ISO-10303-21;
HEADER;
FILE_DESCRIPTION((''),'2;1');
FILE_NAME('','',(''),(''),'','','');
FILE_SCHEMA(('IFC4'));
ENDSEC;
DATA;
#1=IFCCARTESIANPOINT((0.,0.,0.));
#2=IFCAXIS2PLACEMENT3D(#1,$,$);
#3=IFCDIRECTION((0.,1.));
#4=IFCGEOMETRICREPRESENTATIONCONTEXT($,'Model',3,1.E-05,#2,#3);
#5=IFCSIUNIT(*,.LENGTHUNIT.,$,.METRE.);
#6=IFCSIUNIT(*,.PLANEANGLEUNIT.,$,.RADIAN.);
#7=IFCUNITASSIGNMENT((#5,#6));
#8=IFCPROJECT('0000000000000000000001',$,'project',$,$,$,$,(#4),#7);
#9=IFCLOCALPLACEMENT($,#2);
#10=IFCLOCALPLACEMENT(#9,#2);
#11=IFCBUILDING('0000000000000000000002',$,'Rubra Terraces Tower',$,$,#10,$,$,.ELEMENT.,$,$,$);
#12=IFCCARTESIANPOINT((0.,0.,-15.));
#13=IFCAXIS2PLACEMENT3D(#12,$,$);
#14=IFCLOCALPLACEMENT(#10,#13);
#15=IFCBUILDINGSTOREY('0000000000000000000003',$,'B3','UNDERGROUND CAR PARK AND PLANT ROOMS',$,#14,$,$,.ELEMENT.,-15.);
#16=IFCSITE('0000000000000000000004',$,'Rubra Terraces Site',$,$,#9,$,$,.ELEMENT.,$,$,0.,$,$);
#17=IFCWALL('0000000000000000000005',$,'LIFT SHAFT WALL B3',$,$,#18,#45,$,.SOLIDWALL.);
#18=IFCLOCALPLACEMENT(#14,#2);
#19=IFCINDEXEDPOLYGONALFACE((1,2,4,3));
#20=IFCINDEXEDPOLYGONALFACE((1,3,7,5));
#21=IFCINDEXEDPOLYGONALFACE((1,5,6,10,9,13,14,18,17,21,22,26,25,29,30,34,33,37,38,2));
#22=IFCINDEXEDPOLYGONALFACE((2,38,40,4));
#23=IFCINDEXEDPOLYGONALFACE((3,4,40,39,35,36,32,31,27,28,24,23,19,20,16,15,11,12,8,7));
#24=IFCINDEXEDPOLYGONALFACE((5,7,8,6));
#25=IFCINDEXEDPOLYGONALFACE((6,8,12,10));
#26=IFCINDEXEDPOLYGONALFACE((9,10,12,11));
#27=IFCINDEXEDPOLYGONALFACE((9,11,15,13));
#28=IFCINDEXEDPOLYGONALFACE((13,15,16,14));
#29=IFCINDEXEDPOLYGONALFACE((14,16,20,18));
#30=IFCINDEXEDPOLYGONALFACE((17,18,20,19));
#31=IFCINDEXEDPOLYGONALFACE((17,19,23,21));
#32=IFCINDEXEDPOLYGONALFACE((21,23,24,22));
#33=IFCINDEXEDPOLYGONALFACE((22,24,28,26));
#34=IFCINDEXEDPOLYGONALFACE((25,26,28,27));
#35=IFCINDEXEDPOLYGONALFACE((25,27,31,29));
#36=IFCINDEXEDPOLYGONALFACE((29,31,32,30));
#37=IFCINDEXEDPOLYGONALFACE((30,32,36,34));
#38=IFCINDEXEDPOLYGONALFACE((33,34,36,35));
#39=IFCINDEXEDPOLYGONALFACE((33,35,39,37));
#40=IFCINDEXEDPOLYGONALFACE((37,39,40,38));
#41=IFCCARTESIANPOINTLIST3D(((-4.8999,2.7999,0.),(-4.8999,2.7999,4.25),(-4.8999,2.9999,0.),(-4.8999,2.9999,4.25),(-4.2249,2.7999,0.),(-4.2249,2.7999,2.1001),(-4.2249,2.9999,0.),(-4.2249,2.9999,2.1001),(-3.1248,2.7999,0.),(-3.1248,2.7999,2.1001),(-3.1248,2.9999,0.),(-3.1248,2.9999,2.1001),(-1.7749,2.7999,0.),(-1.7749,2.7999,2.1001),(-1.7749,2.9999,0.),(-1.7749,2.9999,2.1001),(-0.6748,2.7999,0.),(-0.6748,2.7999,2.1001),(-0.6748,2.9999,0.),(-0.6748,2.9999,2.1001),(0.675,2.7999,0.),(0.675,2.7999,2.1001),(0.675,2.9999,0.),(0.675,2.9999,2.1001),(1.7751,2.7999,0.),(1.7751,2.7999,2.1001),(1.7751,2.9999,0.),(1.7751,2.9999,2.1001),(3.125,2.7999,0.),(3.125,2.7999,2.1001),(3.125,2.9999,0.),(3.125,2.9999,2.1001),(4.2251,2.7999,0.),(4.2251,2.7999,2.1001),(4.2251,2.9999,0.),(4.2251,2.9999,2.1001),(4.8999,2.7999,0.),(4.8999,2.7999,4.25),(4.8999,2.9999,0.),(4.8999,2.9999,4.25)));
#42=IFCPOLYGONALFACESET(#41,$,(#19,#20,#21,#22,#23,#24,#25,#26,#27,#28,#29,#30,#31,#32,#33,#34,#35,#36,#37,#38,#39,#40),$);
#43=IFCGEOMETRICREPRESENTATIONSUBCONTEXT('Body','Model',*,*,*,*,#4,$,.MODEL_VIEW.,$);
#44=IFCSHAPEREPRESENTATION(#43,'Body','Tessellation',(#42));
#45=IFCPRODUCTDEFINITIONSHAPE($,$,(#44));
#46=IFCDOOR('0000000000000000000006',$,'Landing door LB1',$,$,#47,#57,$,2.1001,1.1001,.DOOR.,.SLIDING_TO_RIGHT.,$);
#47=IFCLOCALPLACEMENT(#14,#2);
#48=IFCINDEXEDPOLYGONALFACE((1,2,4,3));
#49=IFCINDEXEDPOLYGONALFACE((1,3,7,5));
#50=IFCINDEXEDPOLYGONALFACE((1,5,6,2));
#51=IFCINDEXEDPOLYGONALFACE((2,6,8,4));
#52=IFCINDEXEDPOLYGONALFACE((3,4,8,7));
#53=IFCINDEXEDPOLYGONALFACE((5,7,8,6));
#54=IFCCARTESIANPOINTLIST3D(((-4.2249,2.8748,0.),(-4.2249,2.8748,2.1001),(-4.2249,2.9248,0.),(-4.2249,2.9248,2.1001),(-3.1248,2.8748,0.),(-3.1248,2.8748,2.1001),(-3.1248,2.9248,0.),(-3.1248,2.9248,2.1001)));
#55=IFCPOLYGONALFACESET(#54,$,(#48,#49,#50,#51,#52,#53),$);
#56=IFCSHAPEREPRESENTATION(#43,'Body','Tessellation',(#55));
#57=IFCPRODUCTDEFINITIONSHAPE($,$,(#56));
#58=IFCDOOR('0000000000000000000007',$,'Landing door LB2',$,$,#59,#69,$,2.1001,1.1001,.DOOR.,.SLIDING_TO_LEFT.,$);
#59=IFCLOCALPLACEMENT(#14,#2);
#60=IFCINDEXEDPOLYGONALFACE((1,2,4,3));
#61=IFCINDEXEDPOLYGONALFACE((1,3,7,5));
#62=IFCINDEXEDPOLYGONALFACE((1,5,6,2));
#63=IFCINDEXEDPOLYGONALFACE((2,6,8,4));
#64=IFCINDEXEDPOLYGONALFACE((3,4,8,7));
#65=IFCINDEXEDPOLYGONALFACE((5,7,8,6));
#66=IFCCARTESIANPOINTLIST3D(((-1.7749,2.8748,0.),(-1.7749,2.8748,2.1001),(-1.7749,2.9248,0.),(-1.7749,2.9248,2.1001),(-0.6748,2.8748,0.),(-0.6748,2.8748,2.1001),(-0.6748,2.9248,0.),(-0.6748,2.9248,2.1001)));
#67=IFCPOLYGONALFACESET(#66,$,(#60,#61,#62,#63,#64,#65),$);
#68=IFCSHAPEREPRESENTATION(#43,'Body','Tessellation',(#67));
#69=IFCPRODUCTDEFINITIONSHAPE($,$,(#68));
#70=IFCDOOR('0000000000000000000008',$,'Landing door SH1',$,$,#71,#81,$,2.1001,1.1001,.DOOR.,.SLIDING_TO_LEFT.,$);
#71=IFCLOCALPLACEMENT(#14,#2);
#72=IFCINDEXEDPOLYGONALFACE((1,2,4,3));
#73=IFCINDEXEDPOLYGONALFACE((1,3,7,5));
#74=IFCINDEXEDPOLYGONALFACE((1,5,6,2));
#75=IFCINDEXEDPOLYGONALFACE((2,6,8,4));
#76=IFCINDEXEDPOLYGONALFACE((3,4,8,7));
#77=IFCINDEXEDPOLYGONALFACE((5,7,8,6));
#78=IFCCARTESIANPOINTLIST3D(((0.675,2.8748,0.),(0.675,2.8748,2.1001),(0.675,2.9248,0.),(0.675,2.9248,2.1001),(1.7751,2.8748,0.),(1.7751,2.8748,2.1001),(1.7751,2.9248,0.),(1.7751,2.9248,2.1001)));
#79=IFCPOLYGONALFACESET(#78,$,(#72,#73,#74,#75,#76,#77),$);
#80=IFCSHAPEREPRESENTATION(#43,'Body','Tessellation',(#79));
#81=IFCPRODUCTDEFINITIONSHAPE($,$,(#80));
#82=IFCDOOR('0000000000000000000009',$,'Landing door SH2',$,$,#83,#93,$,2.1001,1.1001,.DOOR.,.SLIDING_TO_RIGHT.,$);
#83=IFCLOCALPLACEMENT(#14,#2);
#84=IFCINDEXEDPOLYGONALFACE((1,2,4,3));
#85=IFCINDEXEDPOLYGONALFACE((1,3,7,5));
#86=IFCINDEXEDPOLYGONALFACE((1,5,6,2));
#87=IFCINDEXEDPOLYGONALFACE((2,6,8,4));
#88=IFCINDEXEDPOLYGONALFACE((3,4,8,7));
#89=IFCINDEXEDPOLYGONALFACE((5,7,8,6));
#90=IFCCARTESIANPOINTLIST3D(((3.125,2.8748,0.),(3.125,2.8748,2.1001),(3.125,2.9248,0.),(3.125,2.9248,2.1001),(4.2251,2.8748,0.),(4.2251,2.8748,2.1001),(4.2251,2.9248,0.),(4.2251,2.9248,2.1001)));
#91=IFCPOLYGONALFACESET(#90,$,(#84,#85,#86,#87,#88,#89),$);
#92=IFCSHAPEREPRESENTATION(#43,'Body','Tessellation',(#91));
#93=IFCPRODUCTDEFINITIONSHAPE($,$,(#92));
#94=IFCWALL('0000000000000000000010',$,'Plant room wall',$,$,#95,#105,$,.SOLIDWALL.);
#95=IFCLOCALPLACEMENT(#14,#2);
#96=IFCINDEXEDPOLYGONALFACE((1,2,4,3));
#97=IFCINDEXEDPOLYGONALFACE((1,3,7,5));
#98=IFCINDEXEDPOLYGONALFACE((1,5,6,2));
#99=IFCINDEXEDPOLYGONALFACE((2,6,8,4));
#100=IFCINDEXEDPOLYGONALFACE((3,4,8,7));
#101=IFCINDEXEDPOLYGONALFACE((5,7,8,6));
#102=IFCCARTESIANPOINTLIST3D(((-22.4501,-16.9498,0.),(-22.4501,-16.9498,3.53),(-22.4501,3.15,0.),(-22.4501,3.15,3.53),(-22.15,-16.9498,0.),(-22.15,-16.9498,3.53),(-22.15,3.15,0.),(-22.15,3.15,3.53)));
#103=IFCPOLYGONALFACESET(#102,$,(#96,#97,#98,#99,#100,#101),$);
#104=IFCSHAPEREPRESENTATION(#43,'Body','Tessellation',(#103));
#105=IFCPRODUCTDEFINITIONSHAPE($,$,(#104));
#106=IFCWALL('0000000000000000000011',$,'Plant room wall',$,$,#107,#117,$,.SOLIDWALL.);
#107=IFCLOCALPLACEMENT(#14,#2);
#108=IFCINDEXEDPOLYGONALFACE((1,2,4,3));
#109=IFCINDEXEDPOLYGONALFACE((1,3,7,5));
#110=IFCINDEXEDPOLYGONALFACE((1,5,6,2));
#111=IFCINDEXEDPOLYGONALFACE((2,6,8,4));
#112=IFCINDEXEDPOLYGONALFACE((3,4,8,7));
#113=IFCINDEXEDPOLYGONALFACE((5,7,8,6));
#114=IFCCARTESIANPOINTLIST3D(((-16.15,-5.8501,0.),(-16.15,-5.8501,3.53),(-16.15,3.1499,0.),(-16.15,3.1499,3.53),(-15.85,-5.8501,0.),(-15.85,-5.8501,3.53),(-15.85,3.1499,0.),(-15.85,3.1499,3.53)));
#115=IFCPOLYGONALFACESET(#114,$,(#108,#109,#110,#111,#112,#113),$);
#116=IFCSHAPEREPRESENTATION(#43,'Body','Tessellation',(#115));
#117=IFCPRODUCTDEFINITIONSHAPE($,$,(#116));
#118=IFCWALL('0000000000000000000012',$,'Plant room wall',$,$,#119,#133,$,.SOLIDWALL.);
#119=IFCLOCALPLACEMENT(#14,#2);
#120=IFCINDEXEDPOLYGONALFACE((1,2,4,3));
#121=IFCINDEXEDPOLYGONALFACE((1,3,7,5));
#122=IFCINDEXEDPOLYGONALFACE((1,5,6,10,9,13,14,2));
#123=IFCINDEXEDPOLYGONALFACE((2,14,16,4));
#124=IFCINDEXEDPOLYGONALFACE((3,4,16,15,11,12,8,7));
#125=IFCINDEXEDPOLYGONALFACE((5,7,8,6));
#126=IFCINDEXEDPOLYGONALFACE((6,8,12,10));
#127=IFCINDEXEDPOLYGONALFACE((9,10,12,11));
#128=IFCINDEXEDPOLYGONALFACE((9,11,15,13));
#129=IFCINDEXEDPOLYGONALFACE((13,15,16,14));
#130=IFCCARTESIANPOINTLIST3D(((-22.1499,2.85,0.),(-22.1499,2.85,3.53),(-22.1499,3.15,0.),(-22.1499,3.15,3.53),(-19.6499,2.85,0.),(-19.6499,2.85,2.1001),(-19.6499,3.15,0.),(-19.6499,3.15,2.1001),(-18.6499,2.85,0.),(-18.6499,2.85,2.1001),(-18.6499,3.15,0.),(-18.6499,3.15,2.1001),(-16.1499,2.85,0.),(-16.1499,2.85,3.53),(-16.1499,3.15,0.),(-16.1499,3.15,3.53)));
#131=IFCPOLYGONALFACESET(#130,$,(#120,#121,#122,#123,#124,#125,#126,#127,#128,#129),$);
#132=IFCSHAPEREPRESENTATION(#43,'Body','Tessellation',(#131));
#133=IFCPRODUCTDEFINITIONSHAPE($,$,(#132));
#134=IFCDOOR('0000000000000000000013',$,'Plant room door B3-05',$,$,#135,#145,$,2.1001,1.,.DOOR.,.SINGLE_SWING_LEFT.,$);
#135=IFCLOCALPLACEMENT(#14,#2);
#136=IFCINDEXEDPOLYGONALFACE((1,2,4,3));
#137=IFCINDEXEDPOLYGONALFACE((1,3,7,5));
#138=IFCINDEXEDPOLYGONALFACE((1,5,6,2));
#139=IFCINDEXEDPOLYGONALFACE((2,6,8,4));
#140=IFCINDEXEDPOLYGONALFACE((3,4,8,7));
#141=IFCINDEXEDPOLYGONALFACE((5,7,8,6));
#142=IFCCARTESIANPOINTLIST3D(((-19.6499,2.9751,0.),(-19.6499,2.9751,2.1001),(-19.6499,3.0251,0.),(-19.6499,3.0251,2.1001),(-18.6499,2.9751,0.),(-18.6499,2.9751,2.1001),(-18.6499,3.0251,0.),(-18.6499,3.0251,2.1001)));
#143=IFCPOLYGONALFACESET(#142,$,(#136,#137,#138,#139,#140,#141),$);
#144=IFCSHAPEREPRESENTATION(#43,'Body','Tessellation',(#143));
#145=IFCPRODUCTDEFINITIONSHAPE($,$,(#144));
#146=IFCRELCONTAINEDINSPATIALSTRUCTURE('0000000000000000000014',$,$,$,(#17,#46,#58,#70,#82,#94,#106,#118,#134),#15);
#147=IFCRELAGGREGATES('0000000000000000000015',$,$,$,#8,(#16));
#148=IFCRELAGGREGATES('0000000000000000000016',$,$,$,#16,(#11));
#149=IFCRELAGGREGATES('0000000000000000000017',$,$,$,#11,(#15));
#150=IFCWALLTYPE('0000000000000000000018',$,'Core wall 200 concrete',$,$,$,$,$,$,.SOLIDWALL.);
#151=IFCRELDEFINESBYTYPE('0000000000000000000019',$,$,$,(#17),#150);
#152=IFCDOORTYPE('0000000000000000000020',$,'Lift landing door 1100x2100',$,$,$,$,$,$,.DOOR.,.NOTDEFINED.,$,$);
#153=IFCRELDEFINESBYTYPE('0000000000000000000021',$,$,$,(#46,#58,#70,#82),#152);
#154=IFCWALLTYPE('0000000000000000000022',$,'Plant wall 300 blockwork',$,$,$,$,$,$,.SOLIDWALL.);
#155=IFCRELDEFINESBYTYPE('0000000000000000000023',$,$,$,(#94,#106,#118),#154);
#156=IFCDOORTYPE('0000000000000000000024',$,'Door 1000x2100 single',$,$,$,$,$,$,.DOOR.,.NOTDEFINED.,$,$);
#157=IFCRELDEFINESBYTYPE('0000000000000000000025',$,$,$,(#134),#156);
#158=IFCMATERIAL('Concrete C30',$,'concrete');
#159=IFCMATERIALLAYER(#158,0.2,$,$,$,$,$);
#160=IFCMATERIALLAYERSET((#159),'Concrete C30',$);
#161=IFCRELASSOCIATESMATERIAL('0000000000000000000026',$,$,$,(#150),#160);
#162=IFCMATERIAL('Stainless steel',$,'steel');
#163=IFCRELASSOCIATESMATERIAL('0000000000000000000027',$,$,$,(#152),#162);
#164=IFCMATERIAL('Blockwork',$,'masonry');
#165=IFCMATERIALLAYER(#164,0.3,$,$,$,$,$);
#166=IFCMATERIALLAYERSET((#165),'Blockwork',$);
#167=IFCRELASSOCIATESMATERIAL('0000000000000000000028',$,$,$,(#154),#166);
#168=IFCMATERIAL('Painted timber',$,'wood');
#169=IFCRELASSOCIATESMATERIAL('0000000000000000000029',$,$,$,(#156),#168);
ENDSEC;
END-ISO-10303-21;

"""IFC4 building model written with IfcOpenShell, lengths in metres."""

from ifc_helpers import new_model, si_unit, direction, frame, frame_2d, origin, place, context, subcontext, project, spatial, rectangle, extrude, material, layer, layer_set, type_object, element, fill, save


model = new_model("IFC4")

# Units and contexts
model_context = context("Model", 3, precision=1e-05, world=origin(), true_north=direction((0.0, 1.0)))
body_context = subcontext(model_context, "Body", "Model", "MODEL_VIEW")
ifc_project = project(units=[si_unit("LENGTHUNIT", "METRE"), si_unit("PLANEANGLEUNIT", "RADIAN")], contexts=[model_context])

# Site, building, storey
site_placement = place(None, origin())
site = spatial("IfcSite", under=ifc_project, at=site_placement, Name="Rubra Terraces Site", CompositionType="ELEMENT", RefElevation=0.0)
building_placement = place(site_placement, origin())
building = spatial("IfcBuilding", under=site, at=building_placement, Name="Rubra Terraces Tower", CompositionType="ELEMENT")
storey_placement = place(building_placement, frame((0.0, 0.0, -15.0)))
storey = spatial("IfcBuildingStorey", under=building, at=storey_placement, Name="B3", Description="UNDERGROUND CAR PARK AND PLANT ROOMS", CompositionType="ELEMENT", Elevation=-15.0)

# Shared definitions
ifc_material_1 = material(Name="Concrete C30", Category="concrete")
ifc_layer_1 = layer(ifc_material_1, 0.2)
ifc_layer_set_1 = layer_set([ifc_layer_1], Name="Concrete C30")
wall_type_1 = type_object("IfcWallType", Name="Core wall 200 concrete", PredefinedType="SOLIDWALL", material=ifc_layer_set_1)

# Wall, openings, doors
wall_1_placement = place(storey_placement, frame((-4.8999, 2.8999, 0.0), z_axis=(0.0, 0.0, 1.0), x_axis=(1.0, 0.0, 0.0)))
wall_1 = element("IfcWall", 1, at=wall_1_placement, inside=storey, type_object=wall_type_1, Name="LIFT SHAFT WALL B3", PredefinedType="SOLIDWALL", context=body_context, shape_type="SweptSolid", body=[
    extrude(rectangle(XDim=9.7998, YDim=0.2, at=frame_2d((4.8999, 0.0))), origin(), (0.0, 0.0, 1.0), 4.25),
])
opening_1_placement = place(wall_1_placement, frame((0.675, 0.0, 0.0)))
opening_1 = element("IfcOpeningElement", 2, at=opening_1_placement, cuts=wall_1, PredefinedType="OPENING", context=body_context, shape_type="SweptSolid", body=[
    extrude(rectangle(XDim=1.1001, YDim=2.1001, at=frame_2d((0.55, 1.05))), frame((0.0, 0.1099, 0.0), z_axis=(0.0, -1.0, 0.0), x_axis=(1.0, 0.0, 0.0)), (0.0, 0.0, 1.0), 0.22),
])
opening_2_placement = place(wall_1_placement, frame((3.125, 0.0, 0.0)))
opening_2 = element("IfcOpeningElement", 3, at=opening_2_placement, cuts=wall_1, PredefinedType="OPENING", context=body_context, shape_type="SweptSolid", body=[
    extrude(rectangle(XDim=1.1001, YDim=2.1001, at=frame_2d((0.55, 1.05))), frame((0.0, 0.1099, 0.0), z_axis=(0.0, -1.0, 0.0), x_axis=(1.0, 0.0, 0.0)), (0.0, 0.0, 1.0), 0.22),
])
opening_3_placement = place(wall_1_placement, frame((5.575, 0.0, 0.0)))
opening_3 = element("IfcOpeningElement", 4, at=opening_3_placement, cuts=wall_1, PredefinedType="OPENING", context=body_context, shape_type="SweptSolid", body=[
    extrude(rectangle(XDim=1.1001, YDim=2.1001, at=frame_2d((0.55, 1.05))), frame((0.0, 0.1099, 0.0), z_axis=(0.0, -1.0, 0.0), x_axis=(1.0, 0.0, 0.0)), (0.0, 0.0, 1.0), 0.22),
])
opening_4_placement = place(wall_1_placement, frame((8.0249, 0.0, 0.0)))
opening_4 = element("IfcOpeningElement", 5, at=opening_4_placement, cuts=wall_1, PredefinedType="OPENING", context=body_context, shape_type="SweptSolid", body=[
    extrude(rectangle(XDim=1.1001, YDim=2.1001, at=frame_2d((0.55, 1.05))), frame((0.0, 0.1099, 0.0), z_axis=(0.0, -1.0, 0.0), x_axis=(1.0, 0.0, 0.0)), (0.0, 0.0, 1.0), 0.22),
])
ifc_material_2 = material(Name="Stainless steel", Category="steel")
door_type_1 = type_object("IfcDoorType", Name="Lift landing door 1100x2100", OperationType="NOTDEFINED", PredefinedType="DOOR", material=ifc_material_2)
door_1_placement = place(opening_1_placement, origin())
door_1 = element("IfcDoor", 6, at=door_1_placement, inside=storey, type_object=door_type_1, Name="Landing door LB1", OperationType="SLIDING_TO_RIGHT", OverallHeight=2.1001, OverallWidth=1.1001, PredefinedType="DOOR", context=body_context, shape_type="SweptSolid", body=[
    extrude(rectangle(XDim=1.1001, YDim=2.1001, at=frame_2d((0.55, 1.05))), frame((0.0, 0.0249, 0.0), z_axis=(0.0, -1.0, 0.0), x_axis=(1.0, 0.0, 0.0)), (0.0, 0.0, 1.0), 0.05),
])
fill(opening_1, door_1)
door_2_placement = place(opening_2_placement, origin())
door_2 = element("IfcDoor", 7, at=door_2_placement, inside=storey, type_object=door_type_1, Name="Landing door LB2", OperationType="SLIDING_TO_LEFT", OverallHeight=2.1001, OverallWidth=1.1001, PredefinedType="DOOR", context=body_context, shape_type="SweptSolid", body=[
    extrude(rectangle(XDim=1.1001, YDim=2.1001, at=frame_2d((0.55, 1.05))), frame((0.0, 0.0249, 0.0), z_axis=(0.0, -1.0, 0.0), x_axis=(1.0, 0.0, 0.0)), (0.0, 0.0, 1.0), 0.05),
])
fill(opening_2, door_2)
door_3_placement = place(opening_3_placement, origin())
door_3 = element("IfcDoor", 8, at=door_3_placement, inside=storey, type_object=door_type_1, Name="Landing door SH1", OperationType="SLIDING_TO_LEFT", OverallHeight=2.1001, OverallWidth=1.1001, PredefinedType="DOOR", context=body_context, shape_type="SweptSolid", body=[
    extrude(rectangle(XDim=1.1001, YDim=2.1001, at=frame_2d((0.55, 1.05))), frame((0.0, 0.0249, 0.0), z_axis=(0.0, -1.0, 0.0), x_axis=(1.0, 0.0, 0.0)), (0.0, 0.0, 1.0), 0.05),
])
fill(opening_3, door_3)
door_4_placement = place(opening_4_placement, origin())
door_4 = element("IfcDoor", 9, at=door_4_placement, inside=storey, type_object=door_type_1, Name="Landing door SH2", OperationType="SLIDING_TO_RIGHT", OverallHeight=2.1001, OverallWidth=1.1001, PredefinedType="DOOR", context=body_context, shape_type="SweptSolid", body=[
    extrude(rectangle(XDim=1.1001, YDim=2.1001, at=frame_2d((0.55, 1.05))), frame((0.0, 0.0249, 0.0), z_axis=(0.0, -1.0, 0.0), x_axis=(1.0, 0.0, 0.0)), (0.0, 0.0, 1.0), 0.05),
])
fill(opening_4, door_4)

# Walls
ifc_material_3 = material(Name="Blockwork", Category="masonry")
ifc_layer_2 = layer(ifc_material_3, 0.3)
ifc_layer_set_2 = layer_set([ifc_layer_2], Name="Blockwork")
wall_type_2 = type_object("IfcWallType", Name="Plant wall 300 blockwork", PredefinedType="SOLIDWALL", material=ifc_layer_set_2)
wall_2_placement = place(storey_placement, frame((-22.3, 3.1499, 0.0), z_axis=(0.0, 0.0, 1.0), x_axis=(0.0, -1.0, 0.0)))
element("IfcWall", 10, at=wall_2_placement, inside=storey, type_object=wall_type_2, Name="Plant room wall", PredefinedType="SOLIDWALL", context=body_context, shape_type="SweptSolid", body=[
    extrude(rectangle(XDim=20.0999, YDim=0.3, at=frame_2d((10.0498, 0.0))), origin(), (0.0, 0.0, 1.0), 3.53),
])
wall_3_placement = place(storey_placement, frame((-16.0, -5.8501, 0.0), z_axis=(0.0, 0.0, 1.0), x_axis=(0.0, 1.0, 0.0)))
element("IfcWall", 11, at=wall_3_placement, inside=storey, type_object=wall_type_2, Name="Plant room wall", PredefinedType="SOLIDWALL", context=body_context, shape_type="SweptSolid", body=[
    extrude(rectangle(XDim=9.0, YDim=0.3, at=frame_2d((4.5, 0.0))), origin(), (0.0, 0.0, 1.0), 3.53),
])

# Wall, opening, door
wall_4_placement = place(storey_placement, frame((-16.1499, 3.0, 0.0), z_axis=(0.0, 0.0, 1.0), x_axis=(-1.0, 0.0, 0.0)))
wall_4 = element("IfcWall", 12, at=wall_4_placement, inside=storey, type_object=wall_type_2, Name="Plant room wall", PredefinedType="SOLIDWALL", context=body_context, shape_type="SweptSolid", body=[
    extrude(rectangle(XDim=6.0, YDim=0.3, at=frame_2d((3.0, 0.0))), origin(), (0.0, 0.0, 1.0), 3.53),
])
opening_5_placement = place(wall_4_placement, frame((2.5, 0.0, 0.0)))
opening_5 = element("IfcOpeningElement", 13, at=opening_5_placement, cuts=wall_4, PredefinedType="OPENING", context=body_context, shape_type="SweptSolid", body=[
    extrude(rectangle(XDim=1.0, YDim=2.1001, at=frame_2d((0.5, 1.05))), frame((0.0, 0.1599, 0.0), z_axis=(0.0, -1.0, 0.0), x_axis=(1.0, 0.0, 0.0)), (0.0, 0.0, 1.0), 0.3201),
])
ifc_material_4 = material(Name="Painted timber", Category="wood")
door_type_2 = type_object("IfcDoorType", Name="Door 1000x2100 single", OperationType="NOTDEFINED", PredefinedType="DOOR", material=ifc_material_4)
door_5_placement = place(opening_5_placement, origin())
door_5 = element("IfcDoor", 14, at=door_5_placement, inside=storey, type_object=door_type_2, Name="Plant room door B3-05", OperationType="SINGLE_SWING_LEFT", OverallHeight=2.1001, OverallWidth=1.0, PredefinedType="DOOR", context=body_context, shape_type="SweptSolid", body=[
    extrude(rectangle(XDim=1.0, YDim=2.1001, at=frame_2d((0.5, 1.05))), frame((0.0, 0.0249, 0.0), z_axis=(0.0, -1.0, 0.0), x_axis=(1.0, 0.0, 0.0)), (0.0, 0.0, 1.0), 0.05),
])
fill(opening_5, door_5)

save(model, "model.ifc")
